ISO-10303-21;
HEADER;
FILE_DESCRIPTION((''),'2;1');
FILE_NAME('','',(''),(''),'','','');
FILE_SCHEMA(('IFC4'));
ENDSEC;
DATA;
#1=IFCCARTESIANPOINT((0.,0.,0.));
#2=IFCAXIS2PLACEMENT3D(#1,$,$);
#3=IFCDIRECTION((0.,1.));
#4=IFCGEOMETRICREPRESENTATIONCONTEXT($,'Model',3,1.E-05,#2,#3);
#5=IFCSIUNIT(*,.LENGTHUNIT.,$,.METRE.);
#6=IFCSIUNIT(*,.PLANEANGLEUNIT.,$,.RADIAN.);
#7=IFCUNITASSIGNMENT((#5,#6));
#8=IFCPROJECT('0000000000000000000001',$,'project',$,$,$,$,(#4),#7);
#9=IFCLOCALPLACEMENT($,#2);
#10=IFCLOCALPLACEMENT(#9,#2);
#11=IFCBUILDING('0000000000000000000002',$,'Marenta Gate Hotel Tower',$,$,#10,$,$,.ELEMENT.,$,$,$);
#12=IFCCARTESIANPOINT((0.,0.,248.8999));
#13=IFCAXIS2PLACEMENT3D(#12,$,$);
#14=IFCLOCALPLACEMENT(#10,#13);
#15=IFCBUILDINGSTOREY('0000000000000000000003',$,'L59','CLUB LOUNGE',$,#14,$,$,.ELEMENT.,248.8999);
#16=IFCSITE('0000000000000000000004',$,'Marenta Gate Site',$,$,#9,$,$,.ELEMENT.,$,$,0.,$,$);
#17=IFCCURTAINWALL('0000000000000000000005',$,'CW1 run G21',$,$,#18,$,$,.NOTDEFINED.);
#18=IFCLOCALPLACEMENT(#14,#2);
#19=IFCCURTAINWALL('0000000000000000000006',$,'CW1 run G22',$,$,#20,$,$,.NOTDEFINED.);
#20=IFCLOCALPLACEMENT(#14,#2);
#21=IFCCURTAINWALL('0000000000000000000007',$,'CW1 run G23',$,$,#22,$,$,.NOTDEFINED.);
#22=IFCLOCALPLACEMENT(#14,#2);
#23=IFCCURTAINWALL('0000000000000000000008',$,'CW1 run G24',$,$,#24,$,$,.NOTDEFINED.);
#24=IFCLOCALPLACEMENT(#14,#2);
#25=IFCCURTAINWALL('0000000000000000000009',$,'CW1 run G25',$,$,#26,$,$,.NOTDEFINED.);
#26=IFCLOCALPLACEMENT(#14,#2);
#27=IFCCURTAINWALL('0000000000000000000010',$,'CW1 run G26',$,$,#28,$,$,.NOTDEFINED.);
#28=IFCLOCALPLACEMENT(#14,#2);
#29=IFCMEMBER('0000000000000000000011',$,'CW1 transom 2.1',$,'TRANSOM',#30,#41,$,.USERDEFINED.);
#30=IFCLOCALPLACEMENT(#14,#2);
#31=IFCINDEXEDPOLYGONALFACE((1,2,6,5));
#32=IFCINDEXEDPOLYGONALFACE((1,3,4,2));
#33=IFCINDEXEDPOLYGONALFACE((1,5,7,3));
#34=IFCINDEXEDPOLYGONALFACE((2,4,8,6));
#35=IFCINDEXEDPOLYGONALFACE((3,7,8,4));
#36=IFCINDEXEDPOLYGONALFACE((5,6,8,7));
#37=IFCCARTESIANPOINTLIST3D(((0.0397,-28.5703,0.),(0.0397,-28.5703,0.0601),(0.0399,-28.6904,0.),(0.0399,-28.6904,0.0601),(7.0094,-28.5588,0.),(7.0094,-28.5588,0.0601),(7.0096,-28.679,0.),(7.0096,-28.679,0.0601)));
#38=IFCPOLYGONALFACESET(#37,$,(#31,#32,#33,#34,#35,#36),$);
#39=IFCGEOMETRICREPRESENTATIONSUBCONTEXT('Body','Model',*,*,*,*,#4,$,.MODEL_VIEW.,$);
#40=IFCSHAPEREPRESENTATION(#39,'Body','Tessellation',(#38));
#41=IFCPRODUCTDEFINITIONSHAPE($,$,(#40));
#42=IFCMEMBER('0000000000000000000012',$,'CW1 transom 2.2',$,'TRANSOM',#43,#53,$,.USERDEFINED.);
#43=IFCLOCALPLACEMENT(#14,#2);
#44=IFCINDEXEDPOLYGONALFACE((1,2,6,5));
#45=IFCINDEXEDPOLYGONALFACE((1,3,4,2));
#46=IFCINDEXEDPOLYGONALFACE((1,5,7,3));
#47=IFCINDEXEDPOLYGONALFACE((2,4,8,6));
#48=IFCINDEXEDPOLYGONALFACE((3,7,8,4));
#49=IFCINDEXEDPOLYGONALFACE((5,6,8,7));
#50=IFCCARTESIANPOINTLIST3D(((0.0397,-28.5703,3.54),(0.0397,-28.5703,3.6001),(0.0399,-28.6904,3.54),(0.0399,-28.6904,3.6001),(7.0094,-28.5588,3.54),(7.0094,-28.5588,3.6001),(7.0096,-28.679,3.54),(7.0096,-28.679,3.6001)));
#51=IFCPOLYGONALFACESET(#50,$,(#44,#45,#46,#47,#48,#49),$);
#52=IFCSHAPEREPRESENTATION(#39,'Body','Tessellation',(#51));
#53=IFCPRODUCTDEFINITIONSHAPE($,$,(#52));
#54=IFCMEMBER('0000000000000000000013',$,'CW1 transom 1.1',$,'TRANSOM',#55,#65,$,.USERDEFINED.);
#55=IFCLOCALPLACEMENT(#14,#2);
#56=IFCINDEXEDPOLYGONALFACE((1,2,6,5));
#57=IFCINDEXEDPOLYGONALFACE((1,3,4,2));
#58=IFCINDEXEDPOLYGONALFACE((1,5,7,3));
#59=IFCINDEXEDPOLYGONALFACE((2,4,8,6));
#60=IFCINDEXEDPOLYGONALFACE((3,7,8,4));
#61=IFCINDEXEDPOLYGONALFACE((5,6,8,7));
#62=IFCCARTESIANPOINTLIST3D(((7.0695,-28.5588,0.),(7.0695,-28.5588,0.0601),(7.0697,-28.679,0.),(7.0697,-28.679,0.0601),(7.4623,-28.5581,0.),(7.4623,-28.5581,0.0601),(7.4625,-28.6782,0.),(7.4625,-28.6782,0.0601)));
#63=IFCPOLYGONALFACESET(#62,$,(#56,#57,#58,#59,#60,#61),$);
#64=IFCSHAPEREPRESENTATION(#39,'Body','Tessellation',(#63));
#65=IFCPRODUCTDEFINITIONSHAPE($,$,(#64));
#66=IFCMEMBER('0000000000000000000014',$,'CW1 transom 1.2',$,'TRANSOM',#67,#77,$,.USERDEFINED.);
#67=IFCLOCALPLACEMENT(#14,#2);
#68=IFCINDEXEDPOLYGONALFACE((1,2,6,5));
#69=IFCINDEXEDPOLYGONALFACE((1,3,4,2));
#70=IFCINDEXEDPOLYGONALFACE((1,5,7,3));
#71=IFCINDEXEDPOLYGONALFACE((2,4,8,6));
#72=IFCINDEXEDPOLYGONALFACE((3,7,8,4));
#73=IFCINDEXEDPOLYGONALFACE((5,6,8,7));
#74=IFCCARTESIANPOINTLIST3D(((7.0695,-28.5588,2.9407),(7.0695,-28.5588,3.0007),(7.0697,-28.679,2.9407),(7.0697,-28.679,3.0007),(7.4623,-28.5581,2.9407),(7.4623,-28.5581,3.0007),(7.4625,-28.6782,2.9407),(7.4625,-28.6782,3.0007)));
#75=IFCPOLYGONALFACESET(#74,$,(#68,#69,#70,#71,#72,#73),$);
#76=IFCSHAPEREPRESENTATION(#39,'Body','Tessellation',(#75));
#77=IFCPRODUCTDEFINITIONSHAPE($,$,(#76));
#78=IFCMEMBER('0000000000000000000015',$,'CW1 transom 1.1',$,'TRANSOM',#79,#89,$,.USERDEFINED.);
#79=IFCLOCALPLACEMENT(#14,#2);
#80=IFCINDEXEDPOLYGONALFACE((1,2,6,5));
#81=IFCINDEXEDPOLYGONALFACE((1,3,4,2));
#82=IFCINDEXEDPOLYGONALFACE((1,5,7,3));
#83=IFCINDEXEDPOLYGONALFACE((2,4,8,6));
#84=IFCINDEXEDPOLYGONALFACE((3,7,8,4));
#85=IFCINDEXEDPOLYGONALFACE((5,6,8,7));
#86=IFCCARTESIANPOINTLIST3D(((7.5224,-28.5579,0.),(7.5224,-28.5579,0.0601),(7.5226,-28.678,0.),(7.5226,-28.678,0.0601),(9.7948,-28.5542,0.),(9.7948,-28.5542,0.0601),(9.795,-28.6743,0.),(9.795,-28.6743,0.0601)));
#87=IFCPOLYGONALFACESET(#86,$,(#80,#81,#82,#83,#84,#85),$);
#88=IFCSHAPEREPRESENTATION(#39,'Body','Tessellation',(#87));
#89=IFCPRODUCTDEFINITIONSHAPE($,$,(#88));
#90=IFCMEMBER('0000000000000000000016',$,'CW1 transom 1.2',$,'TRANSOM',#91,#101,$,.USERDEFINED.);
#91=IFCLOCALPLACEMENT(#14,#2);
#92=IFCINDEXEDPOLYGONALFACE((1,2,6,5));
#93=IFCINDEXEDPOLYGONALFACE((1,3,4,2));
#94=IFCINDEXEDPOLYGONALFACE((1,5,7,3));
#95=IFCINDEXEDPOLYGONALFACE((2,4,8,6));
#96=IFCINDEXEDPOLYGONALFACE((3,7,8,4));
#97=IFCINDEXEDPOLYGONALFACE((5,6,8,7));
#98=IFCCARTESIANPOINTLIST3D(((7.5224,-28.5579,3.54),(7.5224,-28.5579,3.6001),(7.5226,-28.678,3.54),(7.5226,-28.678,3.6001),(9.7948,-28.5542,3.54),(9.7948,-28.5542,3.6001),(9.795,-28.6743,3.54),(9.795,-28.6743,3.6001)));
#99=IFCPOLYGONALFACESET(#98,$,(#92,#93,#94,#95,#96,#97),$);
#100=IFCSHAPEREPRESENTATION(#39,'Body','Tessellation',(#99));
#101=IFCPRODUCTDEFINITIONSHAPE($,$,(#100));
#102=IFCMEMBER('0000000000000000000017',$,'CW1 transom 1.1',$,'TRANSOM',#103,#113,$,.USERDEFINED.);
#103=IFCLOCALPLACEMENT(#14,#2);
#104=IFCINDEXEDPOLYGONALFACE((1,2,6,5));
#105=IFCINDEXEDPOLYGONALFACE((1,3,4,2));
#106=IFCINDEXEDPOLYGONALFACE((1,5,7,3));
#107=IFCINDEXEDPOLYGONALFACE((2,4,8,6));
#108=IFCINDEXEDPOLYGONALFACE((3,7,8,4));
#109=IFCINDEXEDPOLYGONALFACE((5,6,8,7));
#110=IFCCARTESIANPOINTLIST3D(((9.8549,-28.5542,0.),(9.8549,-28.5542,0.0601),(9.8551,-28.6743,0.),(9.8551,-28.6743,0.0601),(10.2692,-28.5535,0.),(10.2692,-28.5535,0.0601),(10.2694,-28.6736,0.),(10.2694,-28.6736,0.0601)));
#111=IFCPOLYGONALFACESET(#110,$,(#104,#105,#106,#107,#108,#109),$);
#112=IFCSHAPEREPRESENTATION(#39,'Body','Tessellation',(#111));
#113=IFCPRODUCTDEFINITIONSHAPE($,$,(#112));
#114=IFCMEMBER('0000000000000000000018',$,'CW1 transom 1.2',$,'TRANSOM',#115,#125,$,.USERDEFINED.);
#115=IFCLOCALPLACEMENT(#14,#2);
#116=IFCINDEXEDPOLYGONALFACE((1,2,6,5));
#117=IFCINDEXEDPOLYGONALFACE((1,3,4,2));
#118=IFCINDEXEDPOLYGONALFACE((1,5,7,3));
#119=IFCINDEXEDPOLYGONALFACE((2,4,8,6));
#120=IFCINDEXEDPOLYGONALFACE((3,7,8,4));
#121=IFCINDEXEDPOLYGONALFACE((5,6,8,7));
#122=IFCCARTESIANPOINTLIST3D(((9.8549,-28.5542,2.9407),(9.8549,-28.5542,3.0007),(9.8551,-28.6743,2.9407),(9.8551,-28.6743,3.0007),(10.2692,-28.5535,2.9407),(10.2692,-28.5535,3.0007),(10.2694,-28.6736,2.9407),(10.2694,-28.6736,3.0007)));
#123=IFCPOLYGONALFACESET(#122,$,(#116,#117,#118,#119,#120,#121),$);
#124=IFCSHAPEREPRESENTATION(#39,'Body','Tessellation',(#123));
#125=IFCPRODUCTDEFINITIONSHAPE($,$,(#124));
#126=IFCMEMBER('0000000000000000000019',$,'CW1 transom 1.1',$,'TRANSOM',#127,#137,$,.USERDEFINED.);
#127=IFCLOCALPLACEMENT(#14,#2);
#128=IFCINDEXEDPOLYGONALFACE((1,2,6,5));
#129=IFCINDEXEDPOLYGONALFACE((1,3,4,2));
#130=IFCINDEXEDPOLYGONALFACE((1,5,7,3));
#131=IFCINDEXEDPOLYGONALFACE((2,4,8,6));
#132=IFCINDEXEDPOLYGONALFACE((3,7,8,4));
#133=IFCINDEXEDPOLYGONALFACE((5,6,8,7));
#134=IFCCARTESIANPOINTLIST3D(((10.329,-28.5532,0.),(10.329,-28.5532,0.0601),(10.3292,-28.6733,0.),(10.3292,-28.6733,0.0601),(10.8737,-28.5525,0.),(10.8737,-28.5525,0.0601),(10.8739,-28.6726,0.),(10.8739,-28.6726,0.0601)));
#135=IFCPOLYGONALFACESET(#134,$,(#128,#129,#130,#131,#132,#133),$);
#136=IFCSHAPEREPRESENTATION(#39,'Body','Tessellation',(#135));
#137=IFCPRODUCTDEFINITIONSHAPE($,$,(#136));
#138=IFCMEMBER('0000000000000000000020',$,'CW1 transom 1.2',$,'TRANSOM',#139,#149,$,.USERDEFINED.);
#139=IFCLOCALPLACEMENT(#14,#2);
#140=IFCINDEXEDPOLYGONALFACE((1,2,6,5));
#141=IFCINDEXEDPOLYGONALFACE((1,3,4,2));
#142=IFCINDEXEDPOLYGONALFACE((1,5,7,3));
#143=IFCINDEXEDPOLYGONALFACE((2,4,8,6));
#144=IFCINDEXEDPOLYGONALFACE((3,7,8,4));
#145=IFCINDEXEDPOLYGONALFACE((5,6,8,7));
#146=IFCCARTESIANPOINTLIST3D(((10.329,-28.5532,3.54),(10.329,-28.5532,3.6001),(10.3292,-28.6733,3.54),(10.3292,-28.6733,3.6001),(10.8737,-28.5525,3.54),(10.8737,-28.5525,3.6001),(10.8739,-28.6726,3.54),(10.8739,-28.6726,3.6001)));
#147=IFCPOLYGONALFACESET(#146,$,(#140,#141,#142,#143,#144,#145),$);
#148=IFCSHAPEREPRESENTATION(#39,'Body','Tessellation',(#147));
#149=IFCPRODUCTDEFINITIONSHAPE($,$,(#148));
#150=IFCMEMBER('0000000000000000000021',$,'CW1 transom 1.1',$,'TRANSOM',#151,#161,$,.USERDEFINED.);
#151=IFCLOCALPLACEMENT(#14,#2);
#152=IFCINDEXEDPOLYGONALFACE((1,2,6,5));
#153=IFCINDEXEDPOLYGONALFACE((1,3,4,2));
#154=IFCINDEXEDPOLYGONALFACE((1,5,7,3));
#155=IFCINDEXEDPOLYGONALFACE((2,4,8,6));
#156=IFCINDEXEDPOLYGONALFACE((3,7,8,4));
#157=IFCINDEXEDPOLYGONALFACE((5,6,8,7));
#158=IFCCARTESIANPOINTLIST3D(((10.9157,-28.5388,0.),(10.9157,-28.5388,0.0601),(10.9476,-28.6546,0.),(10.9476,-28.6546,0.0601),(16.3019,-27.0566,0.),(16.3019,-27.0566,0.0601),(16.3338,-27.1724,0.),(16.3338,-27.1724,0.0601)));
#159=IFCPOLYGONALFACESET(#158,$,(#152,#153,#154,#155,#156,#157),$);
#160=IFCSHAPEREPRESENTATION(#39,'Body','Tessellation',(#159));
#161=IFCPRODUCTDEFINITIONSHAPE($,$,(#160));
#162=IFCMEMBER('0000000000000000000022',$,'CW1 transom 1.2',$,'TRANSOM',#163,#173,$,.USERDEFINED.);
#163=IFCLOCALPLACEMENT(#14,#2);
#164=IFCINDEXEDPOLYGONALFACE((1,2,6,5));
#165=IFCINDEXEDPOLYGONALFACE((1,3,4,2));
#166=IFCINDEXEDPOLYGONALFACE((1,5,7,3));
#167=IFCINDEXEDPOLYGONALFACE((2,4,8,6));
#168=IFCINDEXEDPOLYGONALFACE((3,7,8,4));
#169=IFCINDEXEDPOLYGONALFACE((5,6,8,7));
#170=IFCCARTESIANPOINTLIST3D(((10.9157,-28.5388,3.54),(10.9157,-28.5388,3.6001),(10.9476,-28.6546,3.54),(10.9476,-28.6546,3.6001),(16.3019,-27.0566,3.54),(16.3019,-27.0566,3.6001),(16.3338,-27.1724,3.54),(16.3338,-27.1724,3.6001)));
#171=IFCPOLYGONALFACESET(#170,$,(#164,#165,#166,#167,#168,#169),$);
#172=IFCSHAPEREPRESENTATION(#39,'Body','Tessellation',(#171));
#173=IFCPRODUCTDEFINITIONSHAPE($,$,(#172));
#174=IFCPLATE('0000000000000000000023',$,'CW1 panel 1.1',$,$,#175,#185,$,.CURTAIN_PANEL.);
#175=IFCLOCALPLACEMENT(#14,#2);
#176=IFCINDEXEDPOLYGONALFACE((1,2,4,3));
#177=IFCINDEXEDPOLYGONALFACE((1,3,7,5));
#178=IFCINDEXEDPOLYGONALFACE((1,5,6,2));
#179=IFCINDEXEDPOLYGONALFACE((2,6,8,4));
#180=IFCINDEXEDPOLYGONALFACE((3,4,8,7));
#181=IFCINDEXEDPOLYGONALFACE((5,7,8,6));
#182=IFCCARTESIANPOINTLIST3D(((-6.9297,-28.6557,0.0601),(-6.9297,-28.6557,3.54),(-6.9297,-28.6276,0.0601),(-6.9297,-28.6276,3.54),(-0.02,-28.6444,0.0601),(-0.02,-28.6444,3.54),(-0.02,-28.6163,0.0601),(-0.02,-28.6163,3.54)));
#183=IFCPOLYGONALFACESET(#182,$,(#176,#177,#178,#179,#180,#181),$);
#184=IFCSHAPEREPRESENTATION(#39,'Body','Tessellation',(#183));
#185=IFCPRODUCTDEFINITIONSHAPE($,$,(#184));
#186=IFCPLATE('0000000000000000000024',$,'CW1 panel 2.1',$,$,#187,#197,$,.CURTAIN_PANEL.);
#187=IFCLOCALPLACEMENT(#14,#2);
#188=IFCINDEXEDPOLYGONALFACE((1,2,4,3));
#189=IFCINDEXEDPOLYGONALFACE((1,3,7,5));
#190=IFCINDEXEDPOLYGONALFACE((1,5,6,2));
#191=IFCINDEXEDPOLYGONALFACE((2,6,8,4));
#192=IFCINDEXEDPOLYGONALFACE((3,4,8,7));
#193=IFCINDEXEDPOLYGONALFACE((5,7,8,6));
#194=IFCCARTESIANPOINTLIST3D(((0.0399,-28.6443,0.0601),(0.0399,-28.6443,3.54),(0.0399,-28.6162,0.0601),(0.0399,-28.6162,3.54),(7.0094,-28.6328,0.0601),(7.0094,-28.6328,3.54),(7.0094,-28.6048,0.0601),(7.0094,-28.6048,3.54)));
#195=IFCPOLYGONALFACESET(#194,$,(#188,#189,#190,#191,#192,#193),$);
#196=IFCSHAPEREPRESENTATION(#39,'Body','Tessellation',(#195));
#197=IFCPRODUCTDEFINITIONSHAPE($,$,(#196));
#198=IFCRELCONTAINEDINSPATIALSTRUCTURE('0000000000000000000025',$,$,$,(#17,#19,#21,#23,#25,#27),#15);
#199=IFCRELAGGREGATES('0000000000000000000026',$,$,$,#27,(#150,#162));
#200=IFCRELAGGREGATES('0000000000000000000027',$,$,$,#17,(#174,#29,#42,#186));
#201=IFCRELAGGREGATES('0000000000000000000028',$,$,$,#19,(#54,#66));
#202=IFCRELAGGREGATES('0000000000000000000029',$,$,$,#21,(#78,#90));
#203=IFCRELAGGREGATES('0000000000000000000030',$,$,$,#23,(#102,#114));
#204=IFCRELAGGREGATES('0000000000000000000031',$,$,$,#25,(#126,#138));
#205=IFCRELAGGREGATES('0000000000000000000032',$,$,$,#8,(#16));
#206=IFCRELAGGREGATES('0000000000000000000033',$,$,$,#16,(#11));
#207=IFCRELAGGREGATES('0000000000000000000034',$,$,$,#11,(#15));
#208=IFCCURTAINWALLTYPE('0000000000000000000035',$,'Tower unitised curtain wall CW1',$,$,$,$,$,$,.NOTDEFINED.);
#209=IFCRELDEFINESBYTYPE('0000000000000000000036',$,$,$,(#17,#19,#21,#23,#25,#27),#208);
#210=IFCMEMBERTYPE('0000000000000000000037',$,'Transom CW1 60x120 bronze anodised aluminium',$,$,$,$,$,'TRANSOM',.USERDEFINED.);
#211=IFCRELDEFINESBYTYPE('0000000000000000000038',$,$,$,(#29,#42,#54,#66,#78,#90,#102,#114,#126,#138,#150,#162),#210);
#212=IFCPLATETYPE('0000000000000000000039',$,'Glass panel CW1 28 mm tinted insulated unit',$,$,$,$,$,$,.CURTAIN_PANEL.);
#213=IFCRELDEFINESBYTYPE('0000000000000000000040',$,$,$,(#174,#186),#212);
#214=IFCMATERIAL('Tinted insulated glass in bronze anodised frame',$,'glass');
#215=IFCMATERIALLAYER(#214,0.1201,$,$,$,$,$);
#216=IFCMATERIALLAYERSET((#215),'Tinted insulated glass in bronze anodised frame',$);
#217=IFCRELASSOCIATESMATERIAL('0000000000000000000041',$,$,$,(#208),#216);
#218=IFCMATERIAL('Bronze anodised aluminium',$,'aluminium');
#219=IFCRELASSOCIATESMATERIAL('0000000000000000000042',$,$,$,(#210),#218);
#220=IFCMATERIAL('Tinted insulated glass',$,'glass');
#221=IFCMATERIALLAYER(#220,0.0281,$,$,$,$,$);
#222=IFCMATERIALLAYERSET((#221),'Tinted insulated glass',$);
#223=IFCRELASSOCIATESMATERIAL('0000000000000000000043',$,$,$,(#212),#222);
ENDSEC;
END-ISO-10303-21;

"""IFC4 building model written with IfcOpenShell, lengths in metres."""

from ifc_helpers import new_model, si_unit, direction, frame, origin, origin_2d, place, context, subcontext, project, spatial, rectangle, extrude, material, layer, layer_set, material_profile, profile_set, type_object, element, aggregate, save


model = new_model("IFC4")

# Units and contexts
model_context = context("Model", 3, precision=1e-05, world=origin(), true_north=direction((0.0, 1.0)))
body_context = subcontext(model_context, "Body", "Model", "MODEL_VIEW")
ifc_project = project(units=[si_unit("LENGTHUNIT", "METRE"), si_unit("PLANEANGLEUNIT", "RADIAN")], contexts=[model_context])

# Site, building, storey
site_placement = place(None, origin())
site = spatial("IfcSite", under=ifc_project, at=site_placement, Name="Marenta Gate Site", CompositionType="ELEMENT", RefElevation=0.0)
building_placement = place(site_placement, origin())
building = spatial("IfcBuilding", under=site, at=building_placement, Name="Marenta Gate Hotel Tower", CompositionType="ELEMENT")
storey_placement = place(building_placement, frame((0.0, 0.0, 248.8999)))
storey = spatial("IfcBuildingStorey", under=building, at=storey_placement, Name="L59", Description="CLUB LOUNGE", CompositionType="ELEMENT", Elevation=248.8999)

# Curtain walls
ifc_material_1 = material(Name="Tinted insulated glass in bronze anodised frame", Category="glass")
ifc_layer_1 = layer(ifc_material_1, 0.1201)
ifc_layer_set_1 = layer_set([ifc_layer_1], Name="Tinted insulated glass in bronze anodised frame")
curtain_wall_type = type_object("IfcCurtainWallType", Name="Tower unitised curtain wall CW1", PredefinedType="NOTDEFINED", material=ifc_layer_set_1)
curtain_wall_1_placement = place(storey_placement, origin())
curtain_wall_1 = element("IfcCurtainWall", 1, at=curtain_wall_1_placement, inside=storey, type_object=curtain_wall_type, Name="CW1 run G21", PredefinedType="NOTDEFINED")
curtain_wall_2_placement = place(storey_placement, origin())
curtain_wall_2 = element("IfcCurtainWall", 2, at=curtain_wall_2_placement, inside=storey, type_object=curtain_wall_type, Name="CW1 run G22", PredefinedType="NOTDEFINED")
curtain_wall_3_placement = place(storey_placement, origin())
curtain_wall_3 = element("IfcCurtainWall", 3, at=curtain_wall_3_placement, inside=storey, type_object=curtain_wall_type, Name="CW1 run G23", PredefinedType="NOTDEFINED")
curtain_wall_4_placement = place(storey_placement, origin())
curtain_wall_4 = element("IfcCurtainWall", 4, at=curtain_wall_4_placement, inside=storey, type_object=curtain_wall_type, Name="CW1 run G24", PredefinedType="NOTDEFINED")
curtain_wall_5_placement = place(storey_placement, origin())
curtain_wall_5 = element("IfcCurtainWall", 5, at=curtain_wall_5_placement, inside=storey, type_object=curtain_wall_type, Name="CW1 run G25", PredefinedType="NOTDEFINED")
curtain_wall_6_placement = place(storey_placement, origin())
curtain_wall_6 = element("IfcCurtainWall", 6, at=curtain_wall_6_placement, inside=storey, type_object=curtain_wall_type, Name="CW1 run G26", PredefinedType="NOTDEFINED")

# Members
ifc_material_2 = material(Name="Bronze anodised aluminium", Category="aluminium")
ifc_material_profile_1 = material_profile(ifc_material_2, rectangle(XDim=0.1201, YDim=0.0601, at=origin_2d()), Name="Transom CW1 60x120 bronze anodised aluminium")
ifc_profile_set_1 = profile_set([ifc_material_profile_1], Name="Bronze anodised aluminium")
member_type_1 = type_object("IfcMemberType", Name="Transom CW1 60x120 bronze anodised aluminium", ElementType="TRANSOM", PredefinedType="USERDEFINED", material=ifc_profile_set_1)
member_1_placement = place(storey_placement, frame((0.0398, -28.6304, 0.03), z_axis=(0.999999, 0.001646, 0.0), x_axis=(-0.001646, 0.999999, 0.0)))
member_1 = element("IfcMember", 7, at=member_1_placement, type_object=member_type_1, Name="CW1 transom 2.1", ObjectType="TRANSOM", PredefinedType="USERDEFINED", context=body_context, shape_type="SweptSolid", body=[
    extrude(rectangle(XDim=0.1201, YDim=0.0601, at=origin_2d()), origin(), (0.0, 0.0, 1.0), 6.9697),
])
member_2_placement = place(storey_placement, frame((0.0398, -28.6304, 3.5701), z_axis=(0.999999, 0.001646, 0.0), x_axis=(-0.001646, 0.999999, 0.0)))
member_2 = element("IfcMember", 8, at=member_2_placement, type_object=member_type_1, Name="CW1 transom 2.2", ObjectType="TRANSOM", PredefinedType="USERDEFINED", context=body_context, shape_type="SweptSolid", body=[
    extrude(rectangle(XDim=0.1201, YDim=0.0601, at=origin_2d()), origin(), (0.0, 0.0, 1.0), 6.9697),
])
member_3_placement = place(storey_placement, frame((7.0696, -28.6189, 0.03), z_axis=(0.999998, 0.001865, 0.0), x_axis=(-0.001865, 0.999998, 0.0)))
member_3 = element("IfcMember", 9, at=member_3_placement, type_object=member_type_1, Name="CW1 transom 1.1", ObjectType="TRANSOM", PredefinedType="USERDEFINED", context=body_context, shape_type="SweptSolid", body=[
    extrude(rectangle(XDim=0.1201, YDim=0.0601, at=origin_2d()), origin(), (0.0, 0.0, 1.0), 0.3928),
])
member_4_placement = place(storey_placement, frame((7.0696, -28.6189, 2.9707), z_axis=(0.999998, 0.001865, 0.0), x_axis=(-0.001865, 0.999998, 0.0)))
member_4 = element("IfcMember", 10, at=member_4_placement, type_object=member_type_1, Name="CW1 transom 1.2", ObjectType="TRANSOM", PredefinedType="USERDEFINED", context=body_context, shape_type="SweptSolid", body=[
    extrude(rectangle(XDim=0.1201, YDim=0.0601, at=origin_2d()), origin(), (0.0, 0.0, 1.0), 0.3928),
])
member_5_placement = place(storey_placement, frame((7.5225, -28.6179, 0.03), z_axis=(0.999999, 0.001612, 0.0), x_axis=(-0.001612, 0.999999, 0.0)))
member_5 = element("IfcMember", 11, at=member_5_placement, type_object=member_type_1, Name="CW1 transom 1.1", ObjectType="TRANSOM", PredefinedType="USERDEFINED", context=body_context, shape_type="SweptSolid", body=[
    extrude(rectangle(XDim=0.1201, YDim=0.0601, at=origin_2d()), origin(), (0.0, 0.0, 1.0), 2.2725),
])
member_6_placement = place(storey_placement, frame((7.5225, -28.6179, 3.5701), z_axis=(0.999999, 0.001612, 0.0), x_axis=(-0.001612, 0.999999, 0.0)))
member_6 = element("IfcMember", 12, at=member_6_placement, type_object=member_type_1, Name="CW1 transom 1.2", ObjectType="TRANSOM", PredefinedType="USERDEFINED", context=body_context, shape_type="SweptSolid", body=[
    extrude(rectangle(XDim=0.1201, YDim=0.0601, at=origin_2d()), origin(), (0.0, 0.0, 1.0), 2.2725),
])
member_7_placement = place(storey_placement, frame((9.855, -28.6143, 0.03), z_axis=(0.999998, 0.001768, 0.0), x_axis=(-0.001768, 0.999998, 0.0)))
member_7 = element("IfcMember", 13, at=member_7_placement, type_object=member_type_1, Name="CW1 transom 1.1", ObjectType="TRANSOM", PredefinedType="USERDEFINED", context=body_context, shape_type="SweptSolid", body=[
    extrude(rectangle(XDim=0.1201, YDim=0.0601, at=origin_2d()), origin(), (0.0, 0.0, 1.0), 0.4143),
])
member_8_placement = place(storey_placement, frame((9.855, -28.6143, 2.9707), z_axis=(0.999998, 0.001768, 0.0), x_axis=(-0.001768, 0.999998, 0.0)))
member_8 = element("IfcMember", 14, at=member_8_placement, type_object=member_type_1, Name="CW1 transom 1.2", ObjectType="TRANSOM", PredefinedType="USERDEFINED", context=body_context, shape_type="SweptSolid", body=[
    extrude(rectangle(XDim=0.1201, YDim=0.0601, at=origin_2d()), origin(), (0.0, 0.0, 1.0), 0.4143),
])
member_9_placement = place(storey_placement, frame((10.3291, -28.6133, 0.03), z_axis=(0.999999, 0.001345, 0.0), x_axis=(-0.001345, 0.999999, 0.0)))
member_9 = element("IfcMember", 15, at=member_9_placement, type_object=member_type_1, Name="CW1 transom 1.1", ObjectType="TRANSOM", PredefinedType="USERDEFINED", context=body_context, shape_type="SweptSolid", body=[
    extrude(rectangle(XDim=0.1201, YDim=0.0601, at=origin_2d()), origin(), (0.0, 0.0, 1.0), 0.5447),
])
member_10_placement = place(storey_placement, frame((10.3291, -28.6133, 3.5701), z_axis=(0.999999, 0.001345, 0.0), x_axis=(-0.001345, 0.999999, 0.0)))
member_10 = element("IfcMember", 16, at=member_10_placement, type_object=member_type_1, Name="CW1 transom 1.2", ObjectType="TRANSOM", PredefinedType="USERDEFINED", context=body_context, shape_type="SweptSolid", body=[
    extrude(rectangle(XDim=0.1201, YDim=0.0601, at=origin_2d()), origin(), (0.0, 0.0, 1.0), 0.5447),
])
member_11_placement = place(storey_placement, frame((10.9316, -28.5967, 0.03), z_axis=(0.964161, 0.265317, 0.0), x_axis=(-0.265317, 0.964161, 0.0)))
member_11 = element("IfcMember", 17, at=member_11_placement, type_object=member_type_1, Name="CW1 transom 1.1", ObjectType="TRANSOM", PredefinedType="USERDEFINED", context=body_context, shape_type="SweptSolid", body=[
    extrude(rectangle(XDim=0.1201, YDim=0.0601, at=origin_2d()), origin(), (0.0, 0.0, 1.0), 5.5864),
])
member_12_placement = place(storey_placement, frame((10.9316, -28.5967, 3.5701), z_axis=(0.964161, 0.265317, 0.0), x_axis=(-0.265317, 0.964161, 0.0)))
member_12 = element("IfcMember", 18, at=member_12_placement, type_object=member_type_1, Name="CW1 transom 1.2", ObjectType="TRANSOM", PredefinedType="USERDEFINED", context=body_context, shape_type="SweptSolid", body=[
    extrude(rectangle(XDim=0.1201, YDim=0.0601, at=origin_2d()), origin(), (0.0, 0.0, 1.0), 5.5864),
])
aggregate(curtain_wall_6, [member_11, member_12])

# Plates
ifc_material_3 = material(Name="Tinted insulated glass", Category="glass")
ifc_layer_2 = layer(ifc_material_3, 0.0281)
ifc_layer_set_2 = layer_set([ifc_layer_2], Name="Tinted insulated glass")
plate_type = type_object("IfcPlateType", Name="Glass panel CW1 28 mm tinted insulated unit", PredefinedType="CURTAIN_PANEL", material=ifc_layer_set_2)
plate_1_placement = place(storey_placement, frame((-3.4749, -28.636, 0.0601), z_axis=(0.0, 0.0, 1.0), x_axis=(0.999999, 0.001636, 0.0)))
plate_1 = element("IfcPlate", 19, at=plate_1_placement, type_object=plate_type, Name="CW1 panel 1.1", PredefinedType="CURTAIN_PANEL", context=body_context, shape_type="SweptSolid", body=[
    extrude(rectangle(XDim=6.9097, YDim=0.0281, at=origin_2d()), origin(), (0.0, 0.0, 1.0), 3.48),
])
plate_2_placement = place(storey_placement, frame((3.5247, -28.6245, 0.0601), z_axis=(0.0, 0.0, 1.0), x_axis=(0.999999, 0.001636, 0.0)))
plate_2 = element("IfcPlate", 20, at=plate_2_placement, type_object=plate_type, Name="CW1 panel 2.1", PredefinedType="CURTAIN_PANEL", context=body_context, shape_type="SweptSolid", body=[
    extrude(rectangle(XDim=6.9695, YDim=0.0281, at=origin_2d()), origin(), (0.0, 0.0, 1.0), 3.48),
])
aggregate(curtain_wall_1, [plate_1, member_1, member_2, plate_2])
aggregate(curtain_wall_2, [member_3, member_4])
aggregate(curtain_wall_3, [member_5, member_6])
aggregate(curtain_wall_4, [member_7, member_8])
aggregate(curtain_wall_5, [member_9, member_10])

save(model, "model.ifc")
